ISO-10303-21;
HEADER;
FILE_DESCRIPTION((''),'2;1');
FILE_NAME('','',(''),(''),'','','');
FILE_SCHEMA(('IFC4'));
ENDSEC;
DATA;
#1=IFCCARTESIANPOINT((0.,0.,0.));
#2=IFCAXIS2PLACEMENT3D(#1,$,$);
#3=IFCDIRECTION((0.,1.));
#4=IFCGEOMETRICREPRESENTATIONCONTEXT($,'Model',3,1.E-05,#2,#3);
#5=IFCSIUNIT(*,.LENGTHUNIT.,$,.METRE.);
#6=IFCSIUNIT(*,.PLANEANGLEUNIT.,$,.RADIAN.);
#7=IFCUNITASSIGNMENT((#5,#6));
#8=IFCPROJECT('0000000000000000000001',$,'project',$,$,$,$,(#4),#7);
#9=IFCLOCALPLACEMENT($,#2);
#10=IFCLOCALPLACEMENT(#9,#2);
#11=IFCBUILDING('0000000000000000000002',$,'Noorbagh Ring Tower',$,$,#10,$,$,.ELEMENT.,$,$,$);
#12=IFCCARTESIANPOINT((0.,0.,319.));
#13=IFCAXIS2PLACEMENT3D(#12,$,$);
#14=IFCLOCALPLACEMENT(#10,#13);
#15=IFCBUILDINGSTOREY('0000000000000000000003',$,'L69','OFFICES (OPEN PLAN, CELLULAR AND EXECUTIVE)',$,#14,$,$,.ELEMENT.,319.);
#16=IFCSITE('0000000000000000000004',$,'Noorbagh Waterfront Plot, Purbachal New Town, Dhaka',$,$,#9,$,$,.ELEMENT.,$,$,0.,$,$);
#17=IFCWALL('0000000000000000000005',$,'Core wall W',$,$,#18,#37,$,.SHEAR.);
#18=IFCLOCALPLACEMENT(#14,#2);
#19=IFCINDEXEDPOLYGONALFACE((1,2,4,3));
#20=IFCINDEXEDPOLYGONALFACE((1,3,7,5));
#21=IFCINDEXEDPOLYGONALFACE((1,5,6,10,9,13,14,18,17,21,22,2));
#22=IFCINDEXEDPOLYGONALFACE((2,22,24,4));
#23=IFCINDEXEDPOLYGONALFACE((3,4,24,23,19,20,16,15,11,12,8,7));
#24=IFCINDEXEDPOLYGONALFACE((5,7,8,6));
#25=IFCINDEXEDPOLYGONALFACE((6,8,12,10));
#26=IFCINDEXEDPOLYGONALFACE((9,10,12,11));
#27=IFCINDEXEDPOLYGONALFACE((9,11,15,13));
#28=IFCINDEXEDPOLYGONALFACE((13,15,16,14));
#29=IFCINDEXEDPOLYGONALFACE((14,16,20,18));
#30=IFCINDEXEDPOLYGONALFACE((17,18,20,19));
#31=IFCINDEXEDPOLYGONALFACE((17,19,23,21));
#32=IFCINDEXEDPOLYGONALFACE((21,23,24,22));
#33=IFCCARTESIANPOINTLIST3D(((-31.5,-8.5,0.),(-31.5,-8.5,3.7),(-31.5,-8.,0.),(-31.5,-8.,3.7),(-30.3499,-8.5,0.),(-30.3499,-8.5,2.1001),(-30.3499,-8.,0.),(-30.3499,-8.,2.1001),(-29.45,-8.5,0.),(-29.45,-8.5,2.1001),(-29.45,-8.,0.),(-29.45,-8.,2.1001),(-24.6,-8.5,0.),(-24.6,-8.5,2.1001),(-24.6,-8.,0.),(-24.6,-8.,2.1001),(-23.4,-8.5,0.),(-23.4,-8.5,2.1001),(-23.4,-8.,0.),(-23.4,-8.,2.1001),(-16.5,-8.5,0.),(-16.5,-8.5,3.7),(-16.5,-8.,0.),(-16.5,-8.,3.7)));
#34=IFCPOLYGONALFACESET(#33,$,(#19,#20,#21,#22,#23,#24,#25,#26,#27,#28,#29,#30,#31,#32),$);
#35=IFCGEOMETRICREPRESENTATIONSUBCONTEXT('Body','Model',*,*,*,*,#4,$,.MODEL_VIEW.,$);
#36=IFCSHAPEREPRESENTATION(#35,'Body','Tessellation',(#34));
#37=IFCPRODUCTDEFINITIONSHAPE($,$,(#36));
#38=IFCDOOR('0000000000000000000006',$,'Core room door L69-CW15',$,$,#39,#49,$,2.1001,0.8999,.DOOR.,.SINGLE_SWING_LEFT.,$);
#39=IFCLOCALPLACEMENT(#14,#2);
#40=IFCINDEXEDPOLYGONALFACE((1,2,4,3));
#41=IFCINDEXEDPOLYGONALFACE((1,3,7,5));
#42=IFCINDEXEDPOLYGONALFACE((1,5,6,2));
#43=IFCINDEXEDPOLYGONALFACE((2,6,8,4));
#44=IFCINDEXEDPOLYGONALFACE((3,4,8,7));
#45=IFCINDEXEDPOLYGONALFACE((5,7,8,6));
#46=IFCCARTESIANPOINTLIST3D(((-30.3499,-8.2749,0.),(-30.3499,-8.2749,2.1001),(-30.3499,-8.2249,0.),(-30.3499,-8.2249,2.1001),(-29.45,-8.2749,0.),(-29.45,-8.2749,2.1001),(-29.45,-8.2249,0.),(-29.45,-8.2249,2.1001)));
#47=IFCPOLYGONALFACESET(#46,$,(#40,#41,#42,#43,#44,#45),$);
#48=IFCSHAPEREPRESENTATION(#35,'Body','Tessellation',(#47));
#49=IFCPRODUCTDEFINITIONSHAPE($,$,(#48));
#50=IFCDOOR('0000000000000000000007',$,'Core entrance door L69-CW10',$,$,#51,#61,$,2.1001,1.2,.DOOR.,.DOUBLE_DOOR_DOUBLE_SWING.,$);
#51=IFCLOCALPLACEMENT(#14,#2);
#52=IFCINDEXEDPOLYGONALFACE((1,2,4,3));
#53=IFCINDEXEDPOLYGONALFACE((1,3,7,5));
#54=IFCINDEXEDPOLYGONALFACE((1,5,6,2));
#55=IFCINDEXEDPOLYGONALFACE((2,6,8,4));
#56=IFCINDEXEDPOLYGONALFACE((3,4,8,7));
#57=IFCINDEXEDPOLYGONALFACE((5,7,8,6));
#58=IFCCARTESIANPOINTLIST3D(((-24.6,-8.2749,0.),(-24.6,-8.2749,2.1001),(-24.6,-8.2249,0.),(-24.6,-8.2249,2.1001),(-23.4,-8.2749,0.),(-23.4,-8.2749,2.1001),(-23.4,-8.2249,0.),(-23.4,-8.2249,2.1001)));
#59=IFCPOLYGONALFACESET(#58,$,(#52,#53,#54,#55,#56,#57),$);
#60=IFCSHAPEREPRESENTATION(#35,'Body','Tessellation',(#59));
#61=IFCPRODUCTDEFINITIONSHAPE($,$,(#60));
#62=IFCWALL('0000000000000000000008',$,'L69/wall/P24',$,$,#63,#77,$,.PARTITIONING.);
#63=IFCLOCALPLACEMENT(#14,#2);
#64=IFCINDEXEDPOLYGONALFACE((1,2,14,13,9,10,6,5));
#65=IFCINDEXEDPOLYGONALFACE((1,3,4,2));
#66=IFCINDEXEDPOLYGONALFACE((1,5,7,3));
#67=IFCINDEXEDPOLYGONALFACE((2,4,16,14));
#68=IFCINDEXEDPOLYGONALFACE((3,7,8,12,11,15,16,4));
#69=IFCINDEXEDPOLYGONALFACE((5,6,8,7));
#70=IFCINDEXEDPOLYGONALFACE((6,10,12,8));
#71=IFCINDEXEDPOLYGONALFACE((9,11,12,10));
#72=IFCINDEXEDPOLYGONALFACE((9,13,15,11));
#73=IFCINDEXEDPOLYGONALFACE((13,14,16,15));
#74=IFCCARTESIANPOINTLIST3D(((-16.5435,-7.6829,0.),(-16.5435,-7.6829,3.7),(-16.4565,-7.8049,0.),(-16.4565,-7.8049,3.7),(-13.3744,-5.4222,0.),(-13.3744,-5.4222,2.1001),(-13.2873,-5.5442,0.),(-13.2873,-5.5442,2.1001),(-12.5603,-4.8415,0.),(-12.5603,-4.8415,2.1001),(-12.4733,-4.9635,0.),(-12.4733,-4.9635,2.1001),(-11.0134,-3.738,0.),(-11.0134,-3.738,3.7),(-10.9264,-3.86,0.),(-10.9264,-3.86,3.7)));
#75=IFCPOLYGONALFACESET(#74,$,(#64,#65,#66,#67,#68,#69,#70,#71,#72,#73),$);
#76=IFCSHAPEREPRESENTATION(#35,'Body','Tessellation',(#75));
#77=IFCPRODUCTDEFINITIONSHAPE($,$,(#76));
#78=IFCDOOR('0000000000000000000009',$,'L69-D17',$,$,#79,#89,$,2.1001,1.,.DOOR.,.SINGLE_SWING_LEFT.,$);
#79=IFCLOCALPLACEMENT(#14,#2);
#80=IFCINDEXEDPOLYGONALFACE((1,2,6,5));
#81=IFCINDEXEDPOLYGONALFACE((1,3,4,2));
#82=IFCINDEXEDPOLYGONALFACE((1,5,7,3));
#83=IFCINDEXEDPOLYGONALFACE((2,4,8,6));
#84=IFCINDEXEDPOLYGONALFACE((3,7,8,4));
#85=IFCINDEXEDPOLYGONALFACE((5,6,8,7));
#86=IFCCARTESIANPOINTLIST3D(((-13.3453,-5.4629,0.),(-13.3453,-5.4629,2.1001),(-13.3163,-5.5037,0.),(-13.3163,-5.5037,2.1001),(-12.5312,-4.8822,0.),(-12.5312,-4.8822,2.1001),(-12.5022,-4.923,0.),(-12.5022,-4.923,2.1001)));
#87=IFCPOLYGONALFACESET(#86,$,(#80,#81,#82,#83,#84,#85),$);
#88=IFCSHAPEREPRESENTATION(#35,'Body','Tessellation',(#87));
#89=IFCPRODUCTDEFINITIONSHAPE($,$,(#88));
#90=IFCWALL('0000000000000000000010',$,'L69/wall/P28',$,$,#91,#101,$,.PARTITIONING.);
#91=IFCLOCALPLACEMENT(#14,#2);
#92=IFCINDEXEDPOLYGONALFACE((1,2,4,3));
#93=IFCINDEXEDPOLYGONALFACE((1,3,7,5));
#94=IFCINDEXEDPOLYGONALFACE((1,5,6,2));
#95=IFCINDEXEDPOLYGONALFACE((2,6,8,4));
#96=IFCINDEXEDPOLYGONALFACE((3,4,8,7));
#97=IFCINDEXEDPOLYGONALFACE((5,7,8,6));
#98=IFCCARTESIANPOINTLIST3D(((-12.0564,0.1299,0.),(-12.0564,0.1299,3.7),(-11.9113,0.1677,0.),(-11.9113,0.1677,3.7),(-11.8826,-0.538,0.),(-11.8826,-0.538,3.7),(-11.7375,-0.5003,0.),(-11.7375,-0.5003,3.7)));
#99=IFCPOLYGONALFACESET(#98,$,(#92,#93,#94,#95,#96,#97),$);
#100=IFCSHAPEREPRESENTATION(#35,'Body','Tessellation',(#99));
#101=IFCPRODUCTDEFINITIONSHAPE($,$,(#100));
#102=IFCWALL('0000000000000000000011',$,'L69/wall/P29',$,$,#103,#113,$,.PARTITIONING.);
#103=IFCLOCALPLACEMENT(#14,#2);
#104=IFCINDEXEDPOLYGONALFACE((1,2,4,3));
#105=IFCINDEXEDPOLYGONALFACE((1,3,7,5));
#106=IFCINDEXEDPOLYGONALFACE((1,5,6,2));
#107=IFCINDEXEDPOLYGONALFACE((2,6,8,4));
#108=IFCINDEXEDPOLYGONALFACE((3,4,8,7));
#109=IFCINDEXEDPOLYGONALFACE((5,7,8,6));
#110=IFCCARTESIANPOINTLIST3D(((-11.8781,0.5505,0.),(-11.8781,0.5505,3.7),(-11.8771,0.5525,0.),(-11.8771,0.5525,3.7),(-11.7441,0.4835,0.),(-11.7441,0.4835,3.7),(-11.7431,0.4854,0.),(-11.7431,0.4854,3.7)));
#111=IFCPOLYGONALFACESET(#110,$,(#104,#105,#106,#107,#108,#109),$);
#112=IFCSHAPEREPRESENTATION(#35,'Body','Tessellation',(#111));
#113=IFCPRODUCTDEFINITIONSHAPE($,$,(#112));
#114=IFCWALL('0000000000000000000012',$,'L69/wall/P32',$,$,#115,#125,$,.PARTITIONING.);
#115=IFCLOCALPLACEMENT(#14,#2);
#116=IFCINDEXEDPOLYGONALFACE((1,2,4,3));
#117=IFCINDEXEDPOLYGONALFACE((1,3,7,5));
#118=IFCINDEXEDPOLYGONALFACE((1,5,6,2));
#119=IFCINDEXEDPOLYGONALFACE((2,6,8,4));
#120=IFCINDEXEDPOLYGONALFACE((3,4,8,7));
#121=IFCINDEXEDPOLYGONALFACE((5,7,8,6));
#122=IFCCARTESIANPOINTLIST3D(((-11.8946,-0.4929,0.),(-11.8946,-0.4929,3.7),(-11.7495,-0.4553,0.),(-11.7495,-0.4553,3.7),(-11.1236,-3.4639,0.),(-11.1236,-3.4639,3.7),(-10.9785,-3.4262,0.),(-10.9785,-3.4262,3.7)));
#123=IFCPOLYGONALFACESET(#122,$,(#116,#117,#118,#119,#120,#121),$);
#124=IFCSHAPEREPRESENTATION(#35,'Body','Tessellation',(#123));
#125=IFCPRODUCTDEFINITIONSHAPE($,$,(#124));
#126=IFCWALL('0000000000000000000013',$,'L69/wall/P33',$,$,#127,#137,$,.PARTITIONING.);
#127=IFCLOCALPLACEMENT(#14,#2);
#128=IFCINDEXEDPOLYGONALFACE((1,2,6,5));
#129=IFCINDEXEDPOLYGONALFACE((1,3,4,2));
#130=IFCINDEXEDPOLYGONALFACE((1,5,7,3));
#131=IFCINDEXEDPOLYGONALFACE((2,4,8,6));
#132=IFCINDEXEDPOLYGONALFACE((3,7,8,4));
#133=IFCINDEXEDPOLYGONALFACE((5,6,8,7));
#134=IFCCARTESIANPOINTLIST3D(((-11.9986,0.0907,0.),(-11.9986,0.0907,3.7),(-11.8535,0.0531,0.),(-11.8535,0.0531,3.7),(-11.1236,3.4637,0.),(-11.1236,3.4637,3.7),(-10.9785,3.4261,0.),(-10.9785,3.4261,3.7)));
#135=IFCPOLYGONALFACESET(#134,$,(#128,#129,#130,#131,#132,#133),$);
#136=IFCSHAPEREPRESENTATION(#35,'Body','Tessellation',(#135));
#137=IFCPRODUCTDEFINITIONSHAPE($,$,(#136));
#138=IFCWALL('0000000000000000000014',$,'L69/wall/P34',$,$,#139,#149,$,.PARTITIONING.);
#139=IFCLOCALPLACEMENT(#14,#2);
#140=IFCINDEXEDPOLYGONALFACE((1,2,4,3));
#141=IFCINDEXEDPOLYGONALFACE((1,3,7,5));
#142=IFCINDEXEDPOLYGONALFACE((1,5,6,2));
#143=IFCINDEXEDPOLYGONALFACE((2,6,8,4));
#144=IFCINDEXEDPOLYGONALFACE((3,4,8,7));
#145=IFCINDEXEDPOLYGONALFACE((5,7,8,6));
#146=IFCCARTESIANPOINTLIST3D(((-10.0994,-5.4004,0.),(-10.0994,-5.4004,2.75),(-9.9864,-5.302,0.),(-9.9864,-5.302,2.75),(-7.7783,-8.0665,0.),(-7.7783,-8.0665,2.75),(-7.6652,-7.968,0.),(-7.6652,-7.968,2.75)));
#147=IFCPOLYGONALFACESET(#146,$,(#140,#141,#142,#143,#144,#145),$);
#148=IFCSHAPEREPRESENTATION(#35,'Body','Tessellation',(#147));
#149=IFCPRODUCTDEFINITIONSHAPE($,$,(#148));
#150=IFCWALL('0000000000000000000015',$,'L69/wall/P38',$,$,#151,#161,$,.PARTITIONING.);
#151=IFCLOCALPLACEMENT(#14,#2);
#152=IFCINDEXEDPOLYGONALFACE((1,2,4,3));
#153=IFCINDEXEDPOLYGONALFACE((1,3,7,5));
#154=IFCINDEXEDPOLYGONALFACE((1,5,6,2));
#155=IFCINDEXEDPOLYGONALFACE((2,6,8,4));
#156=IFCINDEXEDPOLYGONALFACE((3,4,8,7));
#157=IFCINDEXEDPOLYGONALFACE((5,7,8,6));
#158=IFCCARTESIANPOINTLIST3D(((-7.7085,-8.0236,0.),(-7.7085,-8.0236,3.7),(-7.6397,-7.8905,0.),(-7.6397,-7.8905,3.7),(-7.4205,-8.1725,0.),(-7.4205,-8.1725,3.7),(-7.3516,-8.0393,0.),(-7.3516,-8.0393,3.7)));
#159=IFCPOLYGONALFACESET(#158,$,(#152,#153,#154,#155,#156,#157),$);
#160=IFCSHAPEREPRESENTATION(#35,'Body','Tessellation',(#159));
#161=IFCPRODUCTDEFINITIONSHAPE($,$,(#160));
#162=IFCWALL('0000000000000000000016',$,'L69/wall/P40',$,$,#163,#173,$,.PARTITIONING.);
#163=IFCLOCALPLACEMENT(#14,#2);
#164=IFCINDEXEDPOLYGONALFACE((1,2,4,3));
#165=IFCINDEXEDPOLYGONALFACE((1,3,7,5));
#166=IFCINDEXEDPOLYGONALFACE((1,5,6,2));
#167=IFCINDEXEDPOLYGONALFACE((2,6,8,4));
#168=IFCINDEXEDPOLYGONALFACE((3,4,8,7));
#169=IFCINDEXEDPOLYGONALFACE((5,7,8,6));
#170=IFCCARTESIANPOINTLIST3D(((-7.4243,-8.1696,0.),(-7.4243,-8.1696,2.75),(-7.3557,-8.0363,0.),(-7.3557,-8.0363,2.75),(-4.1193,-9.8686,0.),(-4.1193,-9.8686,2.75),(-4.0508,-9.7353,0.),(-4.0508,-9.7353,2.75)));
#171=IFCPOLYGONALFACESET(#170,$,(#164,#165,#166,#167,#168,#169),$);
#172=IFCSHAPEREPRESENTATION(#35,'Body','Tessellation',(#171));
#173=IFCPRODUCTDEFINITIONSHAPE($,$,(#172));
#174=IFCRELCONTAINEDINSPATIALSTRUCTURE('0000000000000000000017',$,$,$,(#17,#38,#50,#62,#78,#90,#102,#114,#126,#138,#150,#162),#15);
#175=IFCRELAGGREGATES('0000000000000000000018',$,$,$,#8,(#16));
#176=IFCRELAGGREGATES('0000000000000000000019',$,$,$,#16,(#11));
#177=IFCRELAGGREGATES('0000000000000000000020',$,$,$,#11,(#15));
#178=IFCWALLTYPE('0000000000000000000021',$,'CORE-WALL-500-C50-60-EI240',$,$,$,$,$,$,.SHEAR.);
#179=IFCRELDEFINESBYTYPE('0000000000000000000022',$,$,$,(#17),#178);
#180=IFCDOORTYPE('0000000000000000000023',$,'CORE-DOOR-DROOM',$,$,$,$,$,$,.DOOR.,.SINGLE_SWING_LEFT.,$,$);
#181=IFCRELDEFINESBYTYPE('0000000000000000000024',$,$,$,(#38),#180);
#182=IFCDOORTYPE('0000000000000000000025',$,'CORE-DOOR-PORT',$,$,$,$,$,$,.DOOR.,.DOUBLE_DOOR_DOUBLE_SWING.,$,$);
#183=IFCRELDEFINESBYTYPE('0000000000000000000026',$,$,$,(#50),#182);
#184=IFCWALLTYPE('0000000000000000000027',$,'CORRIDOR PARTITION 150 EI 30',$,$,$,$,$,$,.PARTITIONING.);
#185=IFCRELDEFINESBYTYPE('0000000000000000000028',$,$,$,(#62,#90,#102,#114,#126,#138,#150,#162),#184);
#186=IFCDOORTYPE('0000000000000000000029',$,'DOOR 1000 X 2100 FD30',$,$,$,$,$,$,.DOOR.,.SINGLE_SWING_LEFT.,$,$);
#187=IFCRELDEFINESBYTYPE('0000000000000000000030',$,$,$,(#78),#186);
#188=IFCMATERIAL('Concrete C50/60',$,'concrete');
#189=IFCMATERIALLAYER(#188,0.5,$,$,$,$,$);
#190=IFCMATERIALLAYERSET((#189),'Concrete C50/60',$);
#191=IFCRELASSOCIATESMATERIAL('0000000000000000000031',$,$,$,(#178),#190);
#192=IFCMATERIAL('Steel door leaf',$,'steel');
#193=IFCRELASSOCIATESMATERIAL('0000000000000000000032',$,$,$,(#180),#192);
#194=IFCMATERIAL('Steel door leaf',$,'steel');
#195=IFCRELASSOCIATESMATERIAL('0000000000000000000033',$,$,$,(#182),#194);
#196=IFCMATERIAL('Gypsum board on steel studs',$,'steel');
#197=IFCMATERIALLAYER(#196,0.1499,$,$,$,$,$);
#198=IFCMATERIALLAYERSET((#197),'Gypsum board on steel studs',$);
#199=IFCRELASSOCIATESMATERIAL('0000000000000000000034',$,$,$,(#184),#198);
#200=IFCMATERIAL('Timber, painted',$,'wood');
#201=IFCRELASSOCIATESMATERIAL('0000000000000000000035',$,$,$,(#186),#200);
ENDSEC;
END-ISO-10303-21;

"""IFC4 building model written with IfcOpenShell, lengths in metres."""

from ifc_helpers import new_model, si_unit, direction, frame, frame_2d, origin, place, context, subcontext, project, spatial, rectangle, extrude, material, layer, layer_set, type_object, element, fill, save


model = new_model("IFC4")

# Units and contexts
model_context = context("Model", 3, precision=1e-05, world=origin(), true_north=direction((0.0, 1.0)))
body_context = subcontext(model_context, "Body", "Model", "MODEL_VIEW")
ifc_project = project(units=[si_unit("LENGTHUNIT", "METRE"), si_unit("PLANEANGLEUNIT", "RADIAN")], contexts=[model_context])

# Site, building, storey
site_placement = place(None, origin())
site = spatial("IfcSite", under=ifc_project, at=site_placement, Name="Noorbagh Waterfront Plot, Purbachal New Town, Dhaka", CompositionType="ELEMENT", RefElevation=0.0)
building_placement = place(site_placement, origin())
building = spatial("IfcBuilding", under=site, at=building_placement, Name="Noorbagh Ring Tower", CompositionType="ELEMENT")
storey_placement = place(building_placement, frame((0.0, 0.0, 319.0)))
storey = spatial("IfcBuildingStorey", under=building, at=storey_placement, Name="L69", Description="OFFICES (OPEN PLAN, CELLULAR AND EXECUTIVE)", CompositionType="ELEMENT", Elevation=319.0)

# Wall, openings, doors
ifc_material_1 = material(Name="Concrete C50/60", Category="concrete")
ifc_layer_1 = layer(ifc_material_1, 0.5)
ifc_layer_set_1 = layer_set([ifc_layer_1], Name="Concrete C50/60")
wall_type_1 = type_object("IfcWallType", Name="CORE-WALL-500-C50-60-EI240", PredefinedType="SHEAR", material=ifc_layer_set_1)
wall_1_placement = place(storey_placement, frame((-16.5, -8.25, 0.0), z_axis=(0.0, 0.0, 1.0), x_axis=(-1.0, 0.0, 0.0)))
wall_1 = element("IfcWall", 1, at=wall_1_placement, inside=storey, type_object=wall_type_1, Name="Core wall W", PredefinedType="SHEAR", context=body_context, shape_type="SweptSolid", body=[
    extrude(rectangle(XDim=15.0, YDim=0.5, at=frame_2d((7.5, 0.0))), origin(), (0.0, 0.0, 1.0), 3.7),
])
opening_1_placement = place(wall_1_placement, frame((6.8999, 0.0, 0.0)))
opening_1 = element("IfcOpeningElement", 2, at=opening_1_placement, cuts=wall_1, PredefinedType="OPENING", context=body_context, shape_type="SweptSolid", body=[
    extrude(rectangle(XDim=1.2, YDim=2.1001, at=frame_2d((0.6001, 1.05))), frame((0.0, 0.26, 0.0), z_axis=(0.0, -1.0, 0.0), x_axis=(1.0, 0.0, 0.0)), (0.0, 0.0, 1.0), 0.52),
])
opening_2_placement = place(wall_1_placement, frame((12.95, 0.0, 0.0)))
opening_2 = element("IfcOpeningElement", 3, at=opening_2_placement, cuts=wall_1, PredefinedType="OPENING", context=body_context, shape_type="SweptSolid", body=[
    extrude(rectangle(XDim=0.8999, YDim=2.1001, at=frame_2d((0.45, 1.05))), frame((0.0, 0.26, 0.0), z_axis=(0.0, -1.0, 0.0), x_axis=(1.0, 0.0, 0.0)), (0.0, 0.0, 1.0), 0.52),
])
ifc_material_2 = material(Name="Steel door leaf", Category="steel")
door_type_1 = type_object("IfcDoorType", Name="CORE-DOOR-DROOM", OperationType="SINGLE_SWING_LEFT", PredefinedType="DOOR", material=ifc_material_2)
door_1_placement = place(opening_2_placement, origin())
door_1 = element("IfcDoor", 4, at=door_1_placement, inside=storey, type_object=door_type_1, Name="Core room door L69-CW15", OperationType="SINGLE_SWING_LEFT", OverallHeight=2.1001, OverallWidth=0.8999, PredefinedType="DOOR", context=body_context, shape_type="SweptSolid", body=[
    extrude(rectangle(XDim=0.8999, YDim=2.1001, at=frame_2d((0.45, 1.05))), frame((0.0, 0.0249, 0.0), z_axis=(0.0, -1.0, 0.0), x_axis=(1.0, 0.0, 0.0)), (0.0, 0.0, 1.0), 0.05),
])
fill(opening_2, door_1)
ifc_material_3 = material(Name="Steel door leaf", Category="steel")
door_type_2 = type_object("IfcDoorType", Name="CORE-DOOR-PORT", OperationType="DOUBLE_DOOR_DOUBLE_SWING", PredefinedType="DOOR", material=ifc_material_3)
door_2_placement = place(opening_1_placement, origin())
door_2 = element("IfcDoor", 5, at=door_2_placement, inside=storey, type_object=door_type_2, Name="Core entrance door L69-CW10", OperationType="DOUBLE_DOOR_DOUBLE_SWING", OverallHeight=2.1001, OverallWidth=1.2, PredefinedType="DOOR", context=body_context, shape_type="SweptSolid", body=[
    extrude(rectangle(XDim=1.2, YDim=2.1001, at=frame_2d((0.6001, 1.05))), frame((0.0, 0.0249, 0.0), z_axis=(0.0, -1.0, 0.0), x_axis=(1.0, 0.0, 0.0)), (0.0, 0.0, 1.0), 0.05),
])
fill(opening_1, door_2)

# Wall, opening, door
ifc_material_4 = material(Name="Gypsum board on steel studs", Category="steel")
ifc_layer_2 = layer(ifc_material_4, 0.1499)
ifc_layer_set_2 = layer_set([ifc_layer_2], Name="Gypsum board on steel studs")
wall_type_2 = type_object("IfcWallType", Name="CORRIDOR PARTITION 150 EI 30", PredefinedType="PARTITIONING", material=ifc_layer_set_2)
wall_2_placement = place(storey_placement, frame((-16.5, -7.7439, 0.0), z_axis=(0.0, 0.0, 1.0), x_axis=(0.814095, 0.580732, 0.0)))
wall_2 = element("IfcWall", 6, at=wall_2_placement, inside=storey, type_object=wall_type_2, Name="L69/wall/P24", PredefinedType="PARTITIONING", context=body_context, shape_type="SweptSolid", body=[
    extrude(rectangle(XDim=6.793, YDim=0.1499, at=frame_2d((3.3965, 0.0))), origin(), (0.0, 0.0, 1.0), 3.7),
])
opening_3_placement = place(wall_2_placement, frame((3.8928, 0.0, 0.0)))
opening_3 = element("IfcOpeningElement", 7, at=opening_3_placement, cuts=wall_2, PredefinedType="OPENING", context=body_context, shape_type="SweptSolid", body=[
    extrude(rectangle(XDim=1.0, YDim=2.1001, at=frame_2d((0.5, 1.05))), frame((0.0, 0.085, 0.0), z_axis=(0.0, -1.0, 0.0), x_axis=(1.0, 0.0, 0.0)), (0.0, 0.0, 1.0), 0.1699),
])
ifc_material_5 = material(Name="Timber, painted", Category="wood")
door_type_3 = type_object("IfcDoorType", Name="DOOR 1000 X 2100 FD30", OperationType="SINGLE_SWING_LEFT", PredefinedType="DOOR", material=ifc_material_5)
door_3_placement = place(opening_3_placement, origin())
door_3 = element("IfcDoor", 8, at=door_3_placement, inside=storey, type_object=door_type_3, Name="L69-D17", OperationType="SINGLE_SWING_LEFT", OverallHeight=2.1001, OverallWidth=1.0, PredefinedType="DOOR", context=body_context, shape_type="SweptSolid", body=[
    extrude(rectangle(XDim=1.0, YDim=2.1001, at=frame_2d((0.5, 1.05))), frame((0.0, 0.0249, 0.0), z_axis=(0.0, -1.0, 0.0), x_axis=(1.0, 0.0, 0.0)), (0.0, 0.0, 1.0), 0.05),
])
fill(opening_3, door_3)

# Walls
wall_3_placement = place(storey_placement, frame((-11.9839, 0.1489, 0.0), z_axis=(0.0, 0.0, 1.0), x_axis=(0.251846, -0.967767, 0.0)))
element("IfcWall", 9, at=wall_3_placement, inside=storey, type_object=wall_type_2, Name="L69/wall/P28", PredefinedType="PARTITIONING", context=body_context, shape_type="SweptSolid", body=[
    extrude(rectangle(XDim=0.6902, YDim=0.1499, at=frame_2d((0.3452, 0.0))), origin(), (0.0, 0.0, 1.0), 3.7),
])
wall_4_placement = place(storey_placement, frame((-11.811, 0.5171, 0.0), z_axis=(0.0, 0.0, 1.0), x_axis=(0.447214, 0.894427, 0.0)))
element("IfcWall", 10, at=wall_4_placement, inside=storey, type_object=wall_type_2, Name="L69/wall/P29", PredefinedType="PARTITIONING", context=body_context, shape_type="SweptSolid", body=[
    extrude(rectangle(XDim=0.0022, YDim=0.1499, at=frame_2d((0.001, 0.0))), origin(), (0.0, 0.0, 1.0), 3.7),
])
wall_5_placement = place(storey_placement, frame((-11.822, -0.4741, 0.0), z_axis=(0.0, 0.0, 1.0), x_axis=(0.251191, -0.967937, 0.0)))
element("IfcWall", 11, at=wall_5_placement, inside=storey, type_object=wall_type_2, Name="L69/wall/P32", PredefinedType="PARTITIONING", context=body_context, shape_type="SweptSolid", body=[
    extrude(rectangle(XDim=3.0693, YDim=0.1499, at=frame_2d((1.5347, 0.0))), origin(), (0.0, 0.0, 1.0), 3.7),
])
wall_6_placement = place(storey_placement, frame((-11.926, 0.072, 0.0), z_axis=(0.0, 0.0, 1.0), x_axis=(0.251098, 0.967962, 0.0)))
element("IfcWall", 12, at=wall_6_placement, inside=storey, type_object=wall_type_2, Name="L69/wall/P33", PredefinedType="PARTITIONING", context=body_context, shape_type="SweptSolid", body=[
    extrude(rectangle(XDim=3.4846, YDim=0.1499, at=frame_2d((1.7422, 0.0))), origin(), (0.0, 0.0, 1.0), 3.7),
])
wall_7_placement = place(storey_placement, frame((-10.043, -5.3511, 0.0), z_axis=(0.0, 0.0, 1.0), x_axis=(0.656625, -0.754217, 0.0)))
element("IfcWall", 13, at=wall_7_placement, inside=storey, type_object=wall_type_2, Name="L69/wall/P34", PredefinedType="PARTITIONING", context=body_context, shape_type="SweptSolid", body=[
    extrude(rectangle(XDim=3.5349, YDim=0.1499, at=frame_2d((1.7676, 0.0))), origin(), (0.0, 0.0, 1.0), 2.75),
])
wall_8_placement = place(storey_placement, frame((-7.6741, -7.957, 0.0), z_axis=(0.0, 0.0, 1.0), x_axis=(0.888324, -0.459218, 0.0)))
element("IfcWall", 14, at=wall_8_placement, inside=storey, type_object=wall_type_2, Name="L69/wall/P38", PredefinedType="PARTITIONING", context=body_context, shape_type="SweptSolid", body=[
    extrude(rectangle(XDim=0.3242, YDim=0.1499, at=frame_2d((0.1621, 0.0))), origin(), (0.0, 0.0, 1.0), 3.7),
])
wall_9_placement = place(storey_placement, frame((-7.3899, -8.103, 0.0), z_axis=(0.0, 0.0, 1.0), x_axis=(0.889365, -0.457198, 0.0)))
element("IfcWall", 15, at=wall_9_placement, inside=storey, type_object=wall_type_2, Name="L69/wall/P40", PredefinedType="PARTITIONING", context=body_context, shape_type="SweptSolid", body=[
    extrude(rectangle(XDim=3.7161, YDim=0.1499, at=frame_2d((1.8579, 0.0))), origin(), (0.0, 0.0, 1.0), 2.75),
])

save(model, "model.ifc")
